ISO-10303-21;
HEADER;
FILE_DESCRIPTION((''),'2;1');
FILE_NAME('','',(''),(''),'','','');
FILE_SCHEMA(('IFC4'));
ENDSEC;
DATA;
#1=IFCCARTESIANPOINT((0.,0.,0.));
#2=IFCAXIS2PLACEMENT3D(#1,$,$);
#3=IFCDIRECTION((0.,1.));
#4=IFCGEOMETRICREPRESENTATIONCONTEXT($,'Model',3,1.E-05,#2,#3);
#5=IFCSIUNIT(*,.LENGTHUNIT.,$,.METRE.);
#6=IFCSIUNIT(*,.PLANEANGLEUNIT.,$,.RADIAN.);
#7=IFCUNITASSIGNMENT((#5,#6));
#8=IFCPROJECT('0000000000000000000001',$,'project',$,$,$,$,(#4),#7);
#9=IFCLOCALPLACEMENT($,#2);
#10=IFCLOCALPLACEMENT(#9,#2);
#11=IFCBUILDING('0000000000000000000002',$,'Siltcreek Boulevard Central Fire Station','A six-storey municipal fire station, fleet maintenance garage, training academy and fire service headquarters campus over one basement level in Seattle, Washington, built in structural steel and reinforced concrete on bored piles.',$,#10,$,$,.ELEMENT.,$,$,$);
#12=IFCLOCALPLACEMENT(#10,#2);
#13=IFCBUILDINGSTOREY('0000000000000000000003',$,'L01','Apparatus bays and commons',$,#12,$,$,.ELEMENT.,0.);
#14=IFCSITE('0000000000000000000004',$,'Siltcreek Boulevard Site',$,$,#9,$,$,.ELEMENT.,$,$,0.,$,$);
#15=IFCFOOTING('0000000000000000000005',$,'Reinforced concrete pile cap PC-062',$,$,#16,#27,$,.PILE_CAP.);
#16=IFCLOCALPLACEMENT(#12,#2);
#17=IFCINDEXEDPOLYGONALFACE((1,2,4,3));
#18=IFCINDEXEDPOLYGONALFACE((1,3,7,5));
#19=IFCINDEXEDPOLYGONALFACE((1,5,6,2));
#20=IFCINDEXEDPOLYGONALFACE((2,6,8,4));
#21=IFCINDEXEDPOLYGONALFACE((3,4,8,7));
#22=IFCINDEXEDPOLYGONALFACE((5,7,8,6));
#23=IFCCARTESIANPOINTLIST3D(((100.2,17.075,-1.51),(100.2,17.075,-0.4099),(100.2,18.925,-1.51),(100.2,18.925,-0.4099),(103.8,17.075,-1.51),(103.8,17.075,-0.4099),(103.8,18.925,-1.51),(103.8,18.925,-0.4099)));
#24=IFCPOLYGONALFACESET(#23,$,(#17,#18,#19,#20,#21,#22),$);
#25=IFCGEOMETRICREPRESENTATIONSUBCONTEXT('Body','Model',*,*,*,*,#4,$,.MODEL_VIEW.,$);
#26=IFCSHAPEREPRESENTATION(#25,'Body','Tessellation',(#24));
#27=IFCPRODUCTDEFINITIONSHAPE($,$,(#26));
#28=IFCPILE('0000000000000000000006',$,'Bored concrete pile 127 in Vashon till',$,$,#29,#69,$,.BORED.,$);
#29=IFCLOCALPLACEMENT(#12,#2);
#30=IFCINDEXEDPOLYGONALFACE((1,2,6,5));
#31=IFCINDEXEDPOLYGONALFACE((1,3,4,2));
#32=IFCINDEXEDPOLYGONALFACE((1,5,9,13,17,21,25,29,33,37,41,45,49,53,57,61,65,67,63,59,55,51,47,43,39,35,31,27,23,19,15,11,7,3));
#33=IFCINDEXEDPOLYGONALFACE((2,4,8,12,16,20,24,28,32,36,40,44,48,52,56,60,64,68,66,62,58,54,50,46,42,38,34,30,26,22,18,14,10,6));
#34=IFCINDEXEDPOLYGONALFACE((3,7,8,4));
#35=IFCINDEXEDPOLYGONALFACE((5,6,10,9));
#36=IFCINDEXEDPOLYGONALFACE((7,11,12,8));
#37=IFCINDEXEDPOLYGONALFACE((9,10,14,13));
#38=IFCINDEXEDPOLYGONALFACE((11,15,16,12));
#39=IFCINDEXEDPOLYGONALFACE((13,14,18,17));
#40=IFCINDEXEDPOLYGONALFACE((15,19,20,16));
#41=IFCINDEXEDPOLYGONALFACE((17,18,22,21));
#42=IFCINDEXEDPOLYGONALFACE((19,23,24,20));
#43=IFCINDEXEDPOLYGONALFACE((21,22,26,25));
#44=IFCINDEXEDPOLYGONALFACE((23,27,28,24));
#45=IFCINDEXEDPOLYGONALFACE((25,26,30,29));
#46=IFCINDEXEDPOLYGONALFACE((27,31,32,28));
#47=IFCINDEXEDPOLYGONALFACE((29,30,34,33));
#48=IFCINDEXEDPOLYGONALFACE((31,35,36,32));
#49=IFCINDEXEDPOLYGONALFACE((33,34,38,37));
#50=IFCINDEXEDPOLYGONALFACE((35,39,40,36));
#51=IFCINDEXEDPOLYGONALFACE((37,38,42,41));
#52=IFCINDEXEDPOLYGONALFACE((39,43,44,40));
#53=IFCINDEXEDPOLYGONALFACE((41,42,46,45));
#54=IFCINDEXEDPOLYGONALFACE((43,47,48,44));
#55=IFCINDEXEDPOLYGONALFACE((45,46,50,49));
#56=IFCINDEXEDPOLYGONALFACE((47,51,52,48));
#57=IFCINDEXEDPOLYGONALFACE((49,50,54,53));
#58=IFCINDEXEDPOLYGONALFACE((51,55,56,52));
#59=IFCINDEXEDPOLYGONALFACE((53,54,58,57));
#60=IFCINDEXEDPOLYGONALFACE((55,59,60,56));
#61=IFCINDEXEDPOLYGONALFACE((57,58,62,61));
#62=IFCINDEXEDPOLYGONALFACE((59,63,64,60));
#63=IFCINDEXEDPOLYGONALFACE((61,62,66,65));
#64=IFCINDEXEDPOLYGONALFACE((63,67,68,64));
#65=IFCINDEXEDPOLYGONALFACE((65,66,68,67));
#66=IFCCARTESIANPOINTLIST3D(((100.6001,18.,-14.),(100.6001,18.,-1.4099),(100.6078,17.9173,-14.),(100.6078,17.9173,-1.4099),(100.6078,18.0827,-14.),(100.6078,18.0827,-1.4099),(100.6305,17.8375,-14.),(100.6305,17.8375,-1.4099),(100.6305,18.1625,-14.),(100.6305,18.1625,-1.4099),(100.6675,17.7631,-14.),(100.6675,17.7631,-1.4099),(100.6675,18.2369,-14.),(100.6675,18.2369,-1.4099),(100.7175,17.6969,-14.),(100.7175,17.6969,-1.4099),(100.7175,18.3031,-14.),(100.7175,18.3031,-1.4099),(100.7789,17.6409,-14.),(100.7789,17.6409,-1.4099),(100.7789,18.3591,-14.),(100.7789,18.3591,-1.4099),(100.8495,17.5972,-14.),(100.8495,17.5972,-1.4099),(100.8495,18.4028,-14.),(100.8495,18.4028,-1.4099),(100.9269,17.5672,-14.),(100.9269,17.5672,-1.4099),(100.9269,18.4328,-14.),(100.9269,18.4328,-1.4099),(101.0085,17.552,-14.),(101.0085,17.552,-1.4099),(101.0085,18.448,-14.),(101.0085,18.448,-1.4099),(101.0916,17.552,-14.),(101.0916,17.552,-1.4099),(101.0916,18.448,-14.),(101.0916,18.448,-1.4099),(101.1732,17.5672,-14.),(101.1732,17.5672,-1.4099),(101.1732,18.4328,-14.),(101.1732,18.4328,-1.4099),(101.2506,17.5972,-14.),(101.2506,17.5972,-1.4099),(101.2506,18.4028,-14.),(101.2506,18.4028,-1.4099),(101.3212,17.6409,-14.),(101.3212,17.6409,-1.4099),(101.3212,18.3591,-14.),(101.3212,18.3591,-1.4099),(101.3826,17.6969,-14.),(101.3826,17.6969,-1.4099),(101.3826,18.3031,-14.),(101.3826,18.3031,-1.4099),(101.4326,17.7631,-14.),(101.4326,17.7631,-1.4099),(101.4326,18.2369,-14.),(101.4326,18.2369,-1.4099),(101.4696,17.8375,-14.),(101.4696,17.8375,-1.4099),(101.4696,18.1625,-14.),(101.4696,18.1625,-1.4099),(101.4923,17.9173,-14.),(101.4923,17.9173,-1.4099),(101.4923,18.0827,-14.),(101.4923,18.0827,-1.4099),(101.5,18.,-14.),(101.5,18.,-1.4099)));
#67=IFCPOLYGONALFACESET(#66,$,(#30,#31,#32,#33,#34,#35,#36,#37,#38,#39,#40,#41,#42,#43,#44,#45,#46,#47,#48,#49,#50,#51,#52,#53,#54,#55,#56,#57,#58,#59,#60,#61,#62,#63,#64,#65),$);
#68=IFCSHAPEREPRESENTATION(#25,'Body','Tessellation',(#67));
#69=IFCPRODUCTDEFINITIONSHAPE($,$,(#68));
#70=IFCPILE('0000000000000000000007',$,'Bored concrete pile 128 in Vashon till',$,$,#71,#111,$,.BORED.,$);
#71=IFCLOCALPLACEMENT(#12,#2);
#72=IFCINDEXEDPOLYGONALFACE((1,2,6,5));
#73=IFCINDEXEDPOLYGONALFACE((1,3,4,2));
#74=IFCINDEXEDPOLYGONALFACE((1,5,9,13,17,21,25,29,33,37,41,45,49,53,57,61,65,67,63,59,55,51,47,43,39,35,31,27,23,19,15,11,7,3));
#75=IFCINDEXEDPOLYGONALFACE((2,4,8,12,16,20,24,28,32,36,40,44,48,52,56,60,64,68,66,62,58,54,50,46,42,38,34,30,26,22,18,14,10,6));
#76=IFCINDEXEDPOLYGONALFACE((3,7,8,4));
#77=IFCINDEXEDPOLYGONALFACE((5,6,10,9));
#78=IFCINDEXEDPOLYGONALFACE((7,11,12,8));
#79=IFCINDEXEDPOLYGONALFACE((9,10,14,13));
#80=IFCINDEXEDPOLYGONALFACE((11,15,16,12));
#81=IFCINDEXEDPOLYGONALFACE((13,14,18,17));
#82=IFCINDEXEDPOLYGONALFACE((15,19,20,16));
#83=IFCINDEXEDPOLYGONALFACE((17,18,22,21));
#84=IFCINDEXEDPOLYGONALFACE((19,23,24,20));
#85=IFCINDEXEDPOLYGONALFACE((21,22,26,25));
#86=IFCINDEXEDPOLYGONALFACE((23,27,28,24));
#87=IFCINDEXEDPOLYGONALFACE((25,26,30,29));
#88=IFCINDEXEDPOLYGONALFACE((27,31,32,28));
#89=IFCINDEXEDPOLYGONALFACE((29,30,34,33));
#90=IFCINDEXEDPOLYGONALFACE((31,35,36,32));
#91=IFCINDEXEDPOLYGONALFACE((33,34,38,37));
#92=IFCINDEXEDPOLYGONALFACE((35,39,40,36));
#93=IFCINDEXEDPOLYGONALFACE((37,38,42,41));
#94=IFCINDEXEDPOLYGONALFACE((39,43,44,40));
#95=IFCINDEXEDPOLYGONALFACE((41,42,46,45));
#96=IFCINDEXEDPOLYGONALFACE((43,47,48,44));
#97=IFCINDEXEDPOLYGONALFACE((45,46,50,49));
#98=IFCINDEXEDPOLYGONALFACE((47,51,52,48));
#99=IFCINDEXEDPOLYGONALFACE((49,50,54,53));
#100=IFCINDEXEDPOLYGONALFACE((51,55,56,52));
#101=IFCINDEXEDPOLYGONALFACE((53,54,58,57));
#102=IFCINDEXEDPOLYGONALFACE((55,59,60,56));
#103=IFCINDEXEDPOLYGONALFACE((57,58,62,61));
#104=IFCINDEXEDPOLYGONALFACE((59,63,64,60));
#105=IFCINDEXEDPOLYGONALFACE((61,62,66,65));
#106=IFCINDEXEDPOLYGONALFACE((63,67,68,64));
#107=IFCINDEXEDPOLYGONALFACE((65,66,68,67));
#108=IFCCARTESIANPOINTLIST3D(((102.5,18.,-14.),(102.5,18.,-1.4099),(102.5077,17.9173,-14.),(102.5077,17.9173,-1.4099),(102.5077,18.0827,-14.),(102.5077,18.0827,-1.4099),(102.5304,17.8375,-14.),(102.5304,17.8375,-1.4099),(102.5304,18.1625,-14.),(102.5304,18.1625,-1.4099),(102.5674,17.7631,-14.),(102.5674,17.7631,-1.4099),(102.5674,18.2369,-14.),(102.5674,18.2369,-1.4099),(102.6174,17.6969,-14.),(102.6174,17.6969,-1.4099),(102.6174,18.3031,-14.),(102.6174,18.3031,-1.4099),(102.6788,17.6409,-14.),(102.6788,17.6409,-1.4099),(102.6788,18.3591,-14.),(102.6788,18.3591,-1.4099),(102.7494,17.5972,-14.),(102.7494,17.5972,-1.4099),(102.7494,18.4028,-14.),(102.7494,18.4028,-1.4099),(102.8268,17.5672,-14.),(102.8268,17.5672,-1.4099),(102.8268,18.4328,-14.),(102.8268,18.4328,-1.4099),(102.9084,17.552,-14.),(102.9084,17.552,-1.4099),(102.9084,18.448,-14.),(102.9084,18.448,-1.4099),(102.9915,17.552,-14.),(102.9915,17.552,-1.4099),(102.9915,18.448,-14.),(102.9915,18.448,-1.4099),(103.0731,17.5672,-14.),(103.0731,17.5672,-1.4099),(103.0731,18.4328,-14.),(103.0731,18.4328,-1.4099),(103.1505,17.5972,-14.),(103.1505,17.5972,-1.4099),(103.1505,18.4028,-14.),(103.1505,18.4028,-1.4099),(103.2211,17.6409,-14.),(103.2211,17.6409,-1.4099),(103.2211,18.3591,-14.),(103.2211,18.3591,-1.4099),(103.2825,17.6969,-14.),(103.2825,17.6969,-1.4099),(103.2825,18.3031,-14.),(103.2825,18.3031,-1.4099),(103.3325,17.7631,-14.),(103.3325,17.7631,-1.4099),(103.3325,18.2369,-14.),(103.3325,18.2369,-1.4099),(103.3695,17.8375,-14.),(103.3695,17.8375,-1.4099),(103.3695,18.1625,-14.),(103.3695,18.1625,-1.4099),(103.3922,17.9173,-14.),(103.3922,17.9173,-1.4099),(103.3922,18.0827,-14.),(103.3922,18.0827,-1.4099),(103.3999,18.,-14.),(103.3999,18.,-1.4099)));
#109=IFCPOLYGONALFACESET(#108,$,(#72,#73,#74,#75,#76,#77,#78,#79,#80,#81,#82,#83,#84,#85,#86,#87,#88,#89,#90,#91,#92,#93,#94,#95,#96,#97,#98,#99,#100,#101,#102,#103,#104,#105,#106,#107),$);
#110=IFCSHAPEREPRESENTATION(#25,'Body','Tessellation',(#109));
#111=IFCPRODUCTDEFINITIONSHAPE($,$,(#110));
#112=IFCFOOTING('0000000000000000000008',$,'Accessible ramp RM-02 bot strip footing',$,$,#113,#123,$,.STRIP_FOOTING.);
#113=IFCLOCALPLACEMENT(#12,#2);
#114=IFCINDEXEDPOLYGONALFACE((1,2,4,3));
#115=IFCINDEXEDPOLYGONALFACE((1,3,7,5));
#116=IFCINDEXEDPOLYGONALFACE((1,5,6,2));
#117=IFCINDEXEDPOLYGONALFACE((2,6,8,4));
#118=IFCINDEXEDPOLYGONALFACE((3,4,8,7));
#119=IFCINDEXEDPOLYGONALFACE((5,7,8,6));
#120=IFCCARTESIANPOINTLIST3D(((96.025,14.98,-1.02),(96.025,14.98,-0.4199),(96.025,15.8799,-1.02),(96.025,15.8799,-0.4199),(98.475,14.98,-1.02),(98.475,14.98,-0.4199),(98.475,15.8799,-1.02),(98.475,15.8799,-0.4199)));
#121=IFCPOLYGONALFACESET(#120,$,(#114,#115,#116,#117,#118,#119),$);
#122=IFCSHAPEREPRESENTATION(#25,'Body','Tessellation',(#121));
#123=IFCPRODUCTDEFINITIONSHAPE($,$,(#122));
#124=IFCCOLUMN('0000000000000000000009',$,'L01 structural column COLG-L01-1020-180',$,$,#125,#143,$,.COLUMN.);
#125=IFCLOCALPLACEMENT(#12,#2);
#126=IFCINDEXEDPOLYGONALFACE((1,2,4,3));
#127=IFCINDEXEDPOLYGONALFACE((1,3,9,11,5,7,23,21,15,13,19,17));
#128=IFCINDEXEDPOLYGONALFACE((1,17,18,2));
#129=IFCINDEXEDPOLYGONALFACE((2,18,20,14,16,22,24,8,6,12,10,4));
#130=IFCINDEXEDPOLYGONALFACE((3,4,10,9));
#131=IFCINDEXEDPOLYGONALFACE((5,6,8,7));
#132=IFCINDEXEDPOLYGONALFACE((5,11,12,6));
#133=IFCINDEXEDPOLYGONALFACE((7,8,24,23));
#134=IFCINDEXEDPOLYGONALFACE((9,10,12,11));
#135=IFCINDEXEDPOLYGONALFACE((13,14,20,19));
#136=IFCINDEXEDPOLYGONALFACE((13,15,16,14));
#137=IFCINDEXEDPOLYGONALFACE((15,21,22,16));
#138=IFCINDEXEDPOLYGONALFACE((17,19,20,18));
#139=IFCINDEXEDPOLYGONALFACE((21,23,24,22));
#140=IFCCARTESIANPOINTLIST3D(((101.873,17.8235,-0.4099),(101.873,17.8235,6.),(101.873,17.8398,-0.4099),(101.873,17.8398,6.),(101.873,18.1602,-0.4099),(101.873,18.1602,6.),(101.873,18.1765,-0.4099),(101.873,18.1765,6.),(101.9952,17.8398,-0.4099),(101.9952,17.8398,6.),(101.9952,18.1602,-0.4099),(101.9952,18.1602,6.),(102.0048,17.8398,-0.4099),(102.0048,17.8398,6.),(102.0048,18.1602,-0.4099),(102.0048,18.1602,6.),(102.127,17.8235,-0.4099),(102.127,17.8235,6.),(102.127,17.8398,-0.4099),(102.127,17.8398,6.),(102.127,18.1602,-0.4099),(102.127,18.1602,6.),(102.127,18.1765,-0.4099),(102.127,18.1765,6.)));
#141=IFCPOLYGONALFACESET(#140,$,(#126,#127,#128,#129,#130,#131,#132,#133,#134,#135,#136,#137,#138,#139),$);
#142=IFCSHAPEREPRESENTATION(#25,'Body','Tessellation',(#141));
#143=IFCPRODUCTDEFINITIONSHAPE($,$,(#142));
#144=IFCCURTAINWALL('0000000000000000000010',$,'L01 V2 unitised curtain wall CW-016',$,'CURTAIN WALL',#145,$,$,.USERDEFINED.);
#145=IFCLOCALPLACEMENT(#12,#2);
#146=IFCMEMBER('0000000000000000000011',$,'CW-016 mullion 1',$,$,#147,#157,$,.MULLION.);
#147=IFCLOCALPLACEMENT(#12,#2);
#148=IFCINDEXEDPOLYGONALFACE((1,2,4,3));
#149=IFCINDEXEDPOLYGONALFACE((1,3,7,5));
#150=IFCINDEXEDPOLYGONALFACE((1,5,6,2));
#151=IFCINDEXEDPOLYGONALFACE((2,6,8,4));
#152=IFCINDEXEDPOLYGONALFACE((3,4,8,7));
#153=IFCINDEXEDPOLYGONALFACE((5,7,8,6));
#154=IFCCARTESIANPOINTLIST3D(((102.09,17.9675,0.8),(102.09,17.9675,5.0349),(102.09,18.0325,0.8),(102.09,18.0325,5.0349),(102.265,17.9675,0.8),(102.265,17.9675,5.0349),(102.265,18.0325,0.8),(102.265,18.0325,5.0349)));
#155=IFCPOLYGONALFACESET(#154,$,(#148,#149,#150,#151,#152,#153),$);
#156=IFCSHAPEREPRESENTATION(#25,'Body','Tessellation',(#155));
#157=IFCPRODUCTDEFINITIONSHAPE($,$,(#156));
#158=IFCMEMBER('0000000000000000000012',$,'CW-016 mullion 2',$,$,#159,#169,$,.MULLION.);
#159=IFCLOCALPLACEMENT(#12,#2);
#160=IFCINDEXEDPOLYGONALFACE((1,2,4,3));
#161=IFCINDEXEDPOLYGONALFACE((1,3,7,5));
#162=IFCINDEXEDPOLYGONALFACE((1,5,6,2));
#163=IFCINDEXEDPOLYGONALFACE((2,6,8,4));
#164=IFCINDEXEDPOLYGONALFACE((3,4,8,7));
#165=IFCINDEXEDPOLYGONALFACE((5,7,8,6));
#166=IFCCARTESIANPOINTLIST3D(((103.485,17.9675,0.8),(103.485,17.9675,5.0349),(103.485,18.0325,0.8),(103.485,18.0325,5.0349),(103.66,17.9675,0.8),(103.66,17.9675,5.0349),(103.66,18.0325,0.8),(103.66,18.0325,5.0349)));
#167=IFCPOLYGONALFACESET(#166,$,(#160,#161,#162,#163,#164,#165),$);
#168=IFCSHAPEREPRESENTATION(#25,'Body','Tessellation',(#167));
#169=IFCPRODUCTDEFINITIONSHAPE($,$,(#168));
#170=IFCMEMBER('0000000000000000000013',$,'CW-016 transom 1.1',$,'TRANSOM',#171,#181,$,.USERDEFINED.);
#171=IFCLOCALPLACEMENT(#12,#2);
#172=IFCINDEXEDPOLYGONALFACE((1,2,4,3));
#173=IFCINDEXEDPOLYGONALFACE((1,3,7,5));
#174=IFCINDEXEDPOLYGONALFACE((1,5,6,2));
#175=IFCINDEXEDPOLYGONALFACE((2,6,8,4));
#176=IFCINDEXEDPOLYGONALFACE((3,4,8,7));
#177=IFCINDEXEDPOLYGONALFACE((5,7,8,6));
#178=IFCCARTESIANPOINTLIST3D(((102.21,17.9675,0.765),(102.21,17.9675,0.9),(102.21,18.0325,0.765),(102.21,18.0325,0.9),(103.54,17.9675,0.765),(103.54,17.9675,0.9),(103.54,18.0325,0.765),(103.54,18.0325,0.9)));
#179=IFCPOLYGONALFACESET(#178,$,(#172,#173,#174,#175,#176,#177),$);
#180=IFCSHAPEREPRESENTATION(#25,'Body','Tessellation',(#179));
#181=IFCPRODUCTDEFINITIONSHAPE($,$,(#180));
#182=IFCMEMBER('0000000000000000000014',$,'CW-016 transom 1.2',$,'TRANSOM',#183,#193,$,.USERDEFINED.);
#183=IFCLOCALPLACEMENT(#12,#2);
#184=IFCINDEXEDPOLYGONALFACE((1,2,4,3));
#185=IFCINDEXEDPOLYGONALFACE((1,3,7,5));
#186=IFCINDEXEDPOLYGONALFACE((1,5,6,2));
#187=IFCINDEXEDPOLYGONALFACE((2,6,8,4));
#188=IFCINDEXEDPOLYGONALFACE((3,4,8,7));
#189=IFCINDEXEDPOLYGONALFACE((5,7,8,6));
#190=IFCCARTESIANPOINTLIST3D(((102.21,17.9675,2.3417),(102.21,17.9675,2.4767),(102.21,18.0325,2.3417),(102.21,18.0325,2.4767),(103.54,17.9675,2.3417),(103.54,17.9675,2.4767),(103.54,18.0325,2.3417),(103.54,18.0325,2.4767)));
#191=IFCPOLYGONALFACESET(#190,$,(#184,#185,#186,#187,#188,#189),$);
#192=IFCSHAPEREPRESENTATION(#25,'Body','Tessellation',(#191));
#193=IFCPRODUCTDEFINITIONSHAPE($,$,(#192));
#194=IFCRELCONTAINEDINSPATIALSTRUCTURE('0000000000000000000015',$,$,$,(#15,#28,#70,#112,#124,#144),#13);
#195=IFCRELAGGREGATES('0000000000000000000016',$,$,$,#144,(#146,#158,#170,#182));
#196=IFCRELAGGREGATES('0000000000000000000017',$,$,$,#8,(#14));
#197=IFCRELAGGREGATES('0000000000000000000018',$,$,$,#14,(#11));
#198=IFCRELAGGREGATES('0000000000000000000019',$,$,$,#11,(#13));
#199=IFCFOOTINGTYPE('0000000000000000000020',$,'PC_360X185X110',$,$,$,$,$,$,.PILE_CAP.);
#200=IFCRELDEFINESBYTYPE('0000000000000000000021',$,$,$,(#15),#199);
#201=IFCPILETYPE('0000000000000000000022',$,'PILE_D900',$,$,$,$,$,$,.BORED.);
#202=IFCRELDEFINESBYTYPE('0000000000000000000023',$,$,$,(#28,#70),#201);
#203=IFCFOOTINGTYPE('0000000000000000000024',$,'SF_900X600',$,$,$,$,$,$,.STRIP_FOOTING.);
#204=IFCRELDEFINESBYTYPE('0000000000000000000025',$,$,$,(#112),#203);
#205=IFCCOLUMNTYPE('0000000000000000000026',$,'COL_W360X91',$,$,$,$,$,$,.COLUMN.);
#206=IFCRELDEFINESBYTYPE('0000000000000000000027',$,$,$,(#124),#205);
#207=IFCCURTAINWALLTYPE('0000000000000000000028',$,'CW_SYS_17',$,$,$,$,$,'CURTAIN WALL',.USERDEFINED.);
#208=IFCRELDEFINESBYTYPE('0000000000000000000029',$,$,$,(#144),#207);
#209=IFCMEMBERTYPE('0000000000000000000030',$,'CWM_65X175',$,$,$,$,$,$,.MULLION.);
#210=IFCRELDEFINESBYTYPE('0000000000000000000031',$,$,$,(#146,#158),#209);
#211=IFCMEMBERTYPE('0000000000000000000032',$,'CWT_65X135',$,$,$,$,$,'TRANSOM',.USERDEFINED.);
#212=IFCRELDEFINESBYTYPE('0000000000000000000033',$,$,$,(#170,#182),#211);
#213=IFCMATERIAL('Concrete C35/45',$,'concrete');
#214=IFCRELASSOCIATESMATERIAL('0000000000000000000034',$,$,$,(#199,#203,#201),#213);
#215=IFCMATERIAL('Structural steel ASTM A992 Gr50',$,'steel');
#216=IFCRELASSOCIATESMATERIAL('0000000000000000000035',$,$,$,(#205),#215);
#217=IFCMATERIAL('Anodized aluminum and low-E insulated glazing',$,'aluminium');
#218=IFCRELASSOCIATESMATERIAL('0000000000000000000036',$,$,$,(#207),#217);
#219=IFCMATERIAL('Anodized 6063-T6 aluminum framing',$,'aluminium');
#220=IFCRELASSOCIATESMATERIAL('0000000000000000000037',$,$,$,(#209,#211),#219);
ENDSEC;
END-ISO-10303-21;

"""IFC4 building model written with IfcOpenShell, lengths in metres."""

from ifc_helpers import new_model, si_unit, direction, frame, origin, origin_2d, place, context, subcontext, project, spatial, rectangle, circle, i_section, extrude, material, material_profile, profile_set, type_object, element, aggregate, save


model = new_model("IFC4")

# Units and contexts
model_context = context("Model", 3, precision=1e-05, world=origin(), true_north=direction((0.0, 1.0)))
body_context = subcontext(model_context, "Body", "Model", "MODEL_VIEW")
ifc_project = project(units=[si_unit("LENGTHUNIT", "METRE"), si_unit("PLANEANGLEUNIT", "RADIAN")], contexts=[model_context])

# Site, building, storey
site_placement = place(None, origin())
site = spatial("IfcSite", under=ifc_project, at=site_placement, Name="Siltcreek Boulevard Site", CompositionType="ELEMENT", RefElevation=0.0)
building_placement = place(site_placement, origin())
building = spatial("IfcBuilding", under=site, at=building_placement, Name="Siltcreek Boulevard Central Fire Station", Description="A six-storey municipal fire station, fleet maintenance garage, training academy and fire service headquarters campus over one basement level in Seattle, Washington, built in structural steel and reinforced concrete on bored piles.", CompositionType="ELEMENT")
storey_placement = place(building_placement, origin())
storey = spatial("IfcBuildingStorey", under=building, at=storey_placement, Name="L01", Description="Apparatus bays and commons", CompositionType="ELEMENT", Elevation=0.0)

# Footing
ifc_material_1 = material(Name="Concrete C35/45", Category="concrete")
footing_type_1 = type_object("IfcFootingType", Name="PC_360X185X110", PredefinedType="PILE_CAP", material=ifc_material_1)
footing_1_placement = place(storey_placement, frame((102.0, 18.0, -1.51), z_axis=(0.0, 0.0, 1.0), x_axis=(1.0, 0.0, 0.0)))
element("IfcFooting", 1, at=footing_1_placement, inside=storey, type_object=footing_type_1, Name="Reinforced concrete pile cap PC-062", PredefinedType="PILE_CAP", context=body_context, shape_type="SweptSolid", body=[
    extrude(rectangle(XDim=3.6001, YDim=1.8501, at=origin_2d()), origin(), (0.0, 0.0, 1.0), 1.1001),
])

# Piles
ifc_material_profile_1 = material_profile(ifc_material_1, circle(Radius=0.45, at=origin_2d()), Name="SHAFT900")
ifc_profile_set_1 = profile_set([ifc_material_profile_1], Name="Concrete C35/45")
pile_type = type_object("IfcPileType", Name="PILE_D900", PredefinedType="BORED", material=ifc_profile_set_1)
for number, where, z_axis, x_axis, name in (
    (2, (101.05, 18.0, -1.4099), (0.0, 0.0, -1.0), (1.0, 0.0, 0.0), "Bored concrete pile 127 in Vashon till"),
    (3, (102.95, 18.0, -1.4099), (0.0, 0.0, -1.0), (1.0, 0.0, 0.0), "Bored concrete pile 128 in Vashon till"),
):
    element("IfcPile", number, at=place(storey_placement, frame(where, z_axis=z_axis, x_axis=x_axis)), inside=storey, type_object=pile_type, Name=name, PredefinedType="BORED", context=body_context, shape_type="SweptSolid", body=[
        extrude(circle(Radius=0.45, at=origin_2d()), origin(), (0.0, 0.0, 1.0), 12.5901),
    ])

# Footing
footing_type_2 = type_object("IfcFootingType", Name="SF_900X600", PredefinedType="STRIP_FOOTING", material=ifc_material_1)
footing_2_placement = place(storey_placement, frame((97.25, 15.4299, -1.02), z_axis=(0.0, 0.0, 1.0), x_axis=(0.0, 1.0, 0.0)))
element("IfcFooting", 4, at=footing_2_placement, inside=storey, type_object=footing_type_2, Name="Accessible ramp RM-02 bot strip footing", PredefinedType="STRIP_FOOTING", context=body_context, shape_type="SweptSolid", body=[
    extrude(rectangle(XDim=0.8999, YDim=2.45, at=origin_2d()), origin(), (0.0, 0.0, 1.0), 0.6001),
])

# Column
ifc_material_2 = material(Name="Structural steel ASTM A992 Gr50", Category="steel")
ifc_material_profile_2 = material_profile(ifc_material_2, i_section(OverallWidth=0.2539, OverallDepth=0.353, WebThickness=0.0095, FlangeThickness=0.0164, at=origin_2d()), Name="W360X91")
ifc_profile_set_2 = profile_set([ifc_material_profile_2], Name="Structural steel ASTM A992 Gr50")
column_type = type_object("IfcColumnType", Name="COL_W360X91", PredefinedType="COLUMN", material=ifc_profile_set_2)
column_placement = place(storey_placement, frame((102.0, 18.0, -0.4099), z_axis=(0.0, 0.0, 1.0), x_axis=(1.0, 0.0, 0.0)))
element("IfcColumn", 5, at=column_placement, inside=storey, type_object=column_type, Name="L01 structural column COLG-L01-1020-180", PredefinedType="COLUMN", context=body_context, shape_type="SweptSolid", body=[
    extrude(i_section(OverallWidth=0.2539, OverallDepth=0.353, WebThickness=0.0095, FlangeThickness=0.0164, at=origin_2d()), origin(), (0.0, 0.0, 1.0), 6.4099),
])

# Curtain wall, members
ifc_material_3 = material(Name="Anodized aluminum and low-E insulated glazing", Category="aluminium")
curtain_wall_type = type_object("IfcCurtainWallType", Name="CW_SYS_17", ElementType="CURTAIN WALL", PredefinedType="USERDEFINED", material=ifc_material_3)
curtain_wall_placement = place(storey_placement, origin())
curtain_wall = element("IfcCurtainWall", 6, at=curtain_wall_placement, inside=storey, type_object=curtain_wall_type, Name="L01 V2 unitised curtain wall CW-016", ObjectType="CURTAIN WALL", PredefinedType="USERDEFINED")
ifc_material_4 = material(Name="Anodized 6063-T6 aluminum framing", Category="aluminium")
ifc_material_profile_3 = material_profile(ifc_material_4, rectangle(XDim=0.0649, YDim=0.175, at=origin_2d()), Name="MULL65X175")
ifc_profile_set_3 = profile_set([ifc_material_profile_3], Name="Anodized 6063-T6 aluminum framing")
member_type_1 = type_object("IfcMemberType", Name="CWM_65X175", PredefinedType="MULLION", material=ifc_profile_set_3)
member_1_placement = place(storey_placement, frame((102.1775, 18.0, 0.8), z_axis=(0.0, 0.0, 1.0), x_axis=(0.0, 1.0, 0.0)))
member_1 = element("IfcMember", 7, at=member_1_placement, type_object=member_type_1, Name="CW-016 mullion 1", PredefinedType="MULLION", context=body_context, shape_type="SweptSolid", body=[
    extrude(rectangle(XDim=0.0649, YDim=0.175, at=origin_2d()), origin(), (0.0, 0.0, 1.0), 4.2349),
])
member_2_placement = place(storey_placement, frame((103.5725, 18.0, 0.8), z_axis=(0.0, 0.0, 1.0), x_axis=(0.0, 1.0, 0.0)))
member_2 = element("IfcMember", 8, at=member_2_placement, type_object=member_type_1, Name="CW-016 mullion 2", PredefinedType="MULLION", context=body_context, shape_type="SweptSolid", body=[
    extrude(rectangle(XDim=0.0649, YDim=0.175, at=origin_2d()), origin(), (0.0, 0.0, 1.0), 4.2349),
])
ifc_material_profile_4 = material_profile(ifc_material_4, rectangle(XDim=0.0649, YDim=0.135, at=origin_2d()), Name="TRAN65X135")
ifc_profile_set_4 = profile_set([ifc_material_profile_4], Name="Anodized 6063-T6 aluminum framing")
member_type_2 = type_object("IfcMemberType", Name="CWT_65X135", ElementType="TRANSOM", PredefinedType="USERDEFINED", material=ifc_profile_set_4)
member_3_placement = place(storey_placement, frame((102.21, 18.0, 0.8325), z_axis=(1.0, 0.0, 0.0), x_axis=(0.0, 1.0, 0.0)))
member_3 = element("IfcMember", 9, at=member_3_placement, type_object=member_type_2, Name="CW-016 transom 1.1", ObjectType="TRANSOM", PredefinedType="USERDEFINED", context=body_context, shape_type="SweptSolid", body=[
    extrude(rectangle(XDim=0.0649, YDim=0.135, at=origin_2d()), origin(), (0.0, 0.0, 1.0), 1.3301),
])
member_4_placement = place(storey_placement, frame((102.21, 18.0, 2.4092), z_axis=(1.0, 0.0, 0.0), x_axis=(0.0, 1.0, 0.0)))
member_4 = element("IfcMember", 10, at=member_4_placement, type_object=member_type_2, Name="CW-016 transom 1.2", ObjectType="TRANSOM", PredefinedType="USERDEFINED", context=body_context, shape_type="SweptSolid", body=[
    extrude(rectangle(XDim=0.0649, YDim=0.135, at=origin_2d()), origin(), (0.0, 0.0, 1.0), 1.3301),
])

aggregate(curtain_wall, [member_1, member_2, member_3, member_4])

save(model, "model.ifc")
